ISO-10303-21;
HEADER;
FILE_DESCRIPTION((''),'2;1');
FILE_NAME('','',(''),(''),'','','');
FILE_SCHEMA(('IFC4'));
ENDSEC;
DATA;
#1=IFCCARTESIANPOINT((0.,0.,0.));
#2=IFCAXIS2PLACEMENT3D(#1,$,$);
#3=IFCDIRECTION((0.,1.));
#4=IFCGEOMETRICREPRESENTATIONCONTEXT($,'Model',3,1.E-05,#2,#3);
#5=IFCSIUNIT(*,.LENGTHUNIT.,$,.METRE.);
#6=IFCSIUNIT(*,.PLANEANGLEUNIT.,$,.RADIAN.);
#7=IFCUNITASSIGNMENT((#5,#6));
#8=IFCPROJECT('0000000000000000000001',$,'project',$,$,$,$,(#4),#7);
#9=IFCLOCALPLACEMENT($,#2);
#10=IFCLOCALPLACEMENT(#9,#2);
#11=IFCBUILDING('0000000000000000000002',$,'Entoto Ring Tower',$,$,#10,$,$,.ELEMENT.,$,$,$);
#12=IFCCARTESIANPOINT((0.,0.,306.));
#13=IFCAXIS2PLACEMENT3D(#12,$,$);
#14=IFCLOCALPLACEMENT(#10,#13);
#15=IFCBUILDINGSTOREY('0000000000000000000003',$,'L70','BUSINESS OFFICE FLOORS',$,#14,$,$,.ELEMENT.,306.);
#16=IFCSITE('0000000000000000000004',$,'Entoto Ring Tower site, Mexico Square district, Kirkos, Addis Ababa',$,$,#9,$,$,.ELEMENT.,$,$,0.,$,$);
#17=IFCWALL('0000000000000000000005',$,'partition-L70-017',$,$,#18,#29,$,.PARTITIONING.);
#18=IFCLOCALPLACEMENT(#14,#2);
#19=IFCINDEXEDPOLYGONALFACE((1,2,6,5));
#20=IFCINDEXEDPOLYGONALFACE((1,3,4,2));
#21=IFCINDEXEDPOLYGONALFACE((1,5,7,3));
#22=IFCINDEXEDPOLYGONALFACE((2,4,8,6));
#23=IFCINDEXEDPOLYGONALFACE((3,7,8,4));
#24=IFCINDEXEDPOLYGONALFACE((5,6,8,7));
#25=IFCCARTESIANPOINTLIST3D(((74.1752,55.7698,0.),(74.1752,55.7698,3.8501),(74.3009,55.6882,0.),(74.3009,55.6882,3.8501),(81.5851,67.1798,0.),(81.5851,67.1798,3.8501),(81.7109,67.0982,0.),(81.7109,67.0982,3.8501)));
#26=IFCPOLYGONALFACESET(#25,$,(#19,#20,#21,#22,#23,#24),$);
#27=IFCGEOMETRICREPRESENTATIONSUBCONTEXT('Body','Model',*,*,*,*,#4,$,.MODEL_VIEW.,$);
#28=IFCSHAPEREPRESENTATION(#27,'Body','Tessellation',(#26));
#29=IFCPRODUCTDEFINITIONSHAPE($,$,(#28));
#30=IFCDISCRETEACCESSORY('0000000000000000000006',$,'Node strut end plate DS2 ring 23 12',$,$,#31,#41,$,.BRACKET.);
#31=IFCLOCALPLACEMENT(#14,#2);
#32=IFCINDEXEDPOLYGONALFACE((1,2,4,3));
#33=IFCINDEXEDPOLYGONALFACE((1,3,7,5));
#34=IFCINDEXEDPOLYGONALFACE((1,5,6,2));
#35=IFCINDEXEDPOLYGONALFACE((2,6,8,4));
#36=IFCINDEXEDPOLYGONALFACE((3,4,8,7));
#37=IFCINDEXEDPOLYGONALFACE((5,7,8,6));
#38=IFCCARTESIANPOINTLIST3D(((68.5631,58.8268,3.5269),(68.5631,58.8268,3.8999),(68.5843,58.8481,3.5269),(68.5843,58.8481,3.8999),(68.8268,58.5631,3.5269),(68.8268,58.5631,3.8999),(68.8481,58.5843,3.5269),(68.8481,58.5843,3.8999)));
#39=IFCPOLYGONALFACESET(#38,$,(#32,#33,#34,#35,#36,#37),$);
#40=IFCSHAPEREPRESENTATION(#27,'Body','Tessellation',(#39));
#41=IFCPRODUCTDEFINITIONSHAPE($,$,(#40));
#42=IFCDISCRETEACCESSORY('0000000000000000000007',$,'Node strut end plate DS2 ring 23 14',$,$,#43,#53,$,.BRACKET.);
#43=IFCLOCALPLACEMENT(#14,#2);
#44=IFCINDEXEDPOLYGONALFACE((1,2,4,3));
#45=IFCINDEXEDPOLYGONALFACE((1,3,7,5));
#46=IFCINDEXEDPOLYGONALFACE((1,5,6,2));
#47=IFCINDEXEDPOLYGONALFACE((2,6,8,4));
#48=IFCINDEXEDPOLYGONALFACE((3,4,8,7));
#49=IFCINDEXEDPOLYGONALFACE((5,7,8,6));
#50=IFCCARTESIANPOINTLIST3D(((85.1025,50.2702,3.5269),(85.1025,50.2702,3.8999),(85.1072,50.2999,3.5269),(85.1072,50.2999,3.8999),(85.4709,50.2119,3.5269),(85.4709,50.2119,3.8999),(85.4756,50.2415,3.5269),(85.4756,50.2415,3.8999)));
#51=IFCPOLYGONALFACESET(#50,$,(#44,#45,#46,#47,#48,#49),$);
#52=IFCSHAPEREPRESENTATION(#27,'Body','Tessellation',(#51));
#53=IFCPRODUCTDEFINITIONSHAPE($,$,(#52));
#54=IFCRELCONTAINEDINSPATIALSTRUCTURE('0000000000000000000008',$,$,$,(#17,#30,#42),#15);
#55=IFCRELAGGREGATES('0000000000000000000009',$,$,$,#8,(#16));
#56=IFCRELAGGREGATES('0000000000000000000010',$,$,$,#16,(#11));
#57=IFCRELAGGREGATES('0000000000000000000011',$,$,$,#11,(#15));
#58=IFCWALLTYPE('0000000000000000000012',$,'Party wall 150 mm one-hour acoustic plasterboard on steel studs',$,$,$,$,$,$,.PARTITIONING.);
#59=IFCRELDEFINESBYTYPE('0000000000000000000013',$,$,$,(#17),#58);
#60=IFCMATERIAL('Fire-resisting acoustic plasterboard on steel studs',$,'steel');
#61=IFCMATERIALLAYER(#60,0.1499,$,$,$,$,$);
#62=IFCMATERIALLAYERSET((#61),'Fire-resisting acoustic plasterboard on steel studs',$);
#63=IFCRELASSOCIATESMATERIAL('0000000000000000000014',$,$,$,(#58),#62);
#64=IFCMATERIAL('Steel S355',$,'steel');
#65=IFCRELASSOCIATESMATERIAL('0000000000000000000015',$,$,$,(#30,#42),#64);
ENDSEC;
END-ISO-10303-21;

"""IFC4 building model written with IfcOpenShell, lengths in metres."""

from ifc_helpers import new_model, si_unit, direction, frame, frame_2d, origin, origin_2d, place, context, subcontext, project, spatial, rectangle, extrude, material, layer, layer_set, type_object, element, save


model = new_model("IFC4")

# Units and contexts
model_context = context("Model", 3, precision=1e-05, world=origin(), true_north=direction((0.0, 1.0)))
body_context = subcontext(model_context, "Body", "Model", "MODEL_VIEW")
ifc_project = project(units=[si_unit("LENGTHUNIT", "METRE"), si_unit("PLANEANGLEUNIT", "RADIAN")], contexts=[model_context])

# Site, building, storey
site_placement = place(None, origin())
site = spatial("IfcSite", under=ifc_project, at=site_placement, Name="Entoto Ring Tower site, Mexico Square district, Kirkos, Addis Ababa", CompositionType="ELEMENT", RefElevation=0.0)
building_placement = place(site_placement, origin())
building = spatial("IfcBuilding", under=site, at=building_placement, Name="Entoto Ring Tower", CompositionType="ELEMENT")
storey_placement = place(building_placement, frame((0.0, 0.0, 306.0)))
storey = spatial("IfcBuildingStorey", under=building, at=storey_placement, Name="L70", Description="BUSINESS OFFICE FLOORS", CompositionType="ELEMENT", Elevation=306.0)

# Wall
ifc_material_1 = material(Name="Fire-resisting acoustic plasterboard on steel studs", Category="steel")
ifc_layer_1 = layer(ifc_material_1, 0.1499)
ifc_layer_set_1 = layer_set([ifc_layer_1], Name="Fire-resisting acoustic plasterboard on steel studs")
wall_type_1 = type_object("IfcWallType", Name="Party wall 150 mm one-hour acoustic plasterboard on steel studs", PredefinedType="PARTITIONING", material=ifc_layer_set_1)
wall_1_placement = place(storey_placement, frame((74.238, 55.729, 0.0), z_axis=(0.0, 0.0, 1.0), x_axis=(0.544651, 0.838663, 0.0)))
element("IfcWall", 1, at=wall_1_placement, inside=storey, type_object=wall_type_1, Name="partition-L70-017", PredefinedType="PARTITIONING", context=body_context, shape_type="SweptSolid", body=[
    extrude(rectangle(XDim=13.605, YDim=0.1499, at=frame_2d((6.8025, 0.0))), origin(), (0.0, 0.0, 1.0), 3.8501),
])

# Discrete accessories
ifc_material_2 = material(Name="Steel S355", Category="steel")
for number, where, z_axis, x_axis, name in (
    (2, (68.7056, 58.7056, 3.5269), (0.0, 0.0, 1.0), (-0.707107, -0.707107, 0.0), "Node strut end plate DS2 ring 23 12"),
    (3, (85.2891, 50.2559, 3.5269), (0.0, 0.0, 1.0), (-0.156434, -0.987688, 0.0), "Node strut end plate DS2 ring 23 14"),
):
    element("IfcDiscreteAccessory", number, at=place(storey_placement, frame(where, z_axis=z_axis, x_axis=x_axis)), inside=storey, material=ifc_material_2, Name=name, PredefinedType="BRACKET", context=body_context, shape_type="SweptSolid", body=[
        extrude(rectangle(XDim=0.03, YDim=0.373, at=origin_2d()), origin(), (0.0, 0.0, 1.0), 0.373),
    ])

save(model, "model.ifc")
